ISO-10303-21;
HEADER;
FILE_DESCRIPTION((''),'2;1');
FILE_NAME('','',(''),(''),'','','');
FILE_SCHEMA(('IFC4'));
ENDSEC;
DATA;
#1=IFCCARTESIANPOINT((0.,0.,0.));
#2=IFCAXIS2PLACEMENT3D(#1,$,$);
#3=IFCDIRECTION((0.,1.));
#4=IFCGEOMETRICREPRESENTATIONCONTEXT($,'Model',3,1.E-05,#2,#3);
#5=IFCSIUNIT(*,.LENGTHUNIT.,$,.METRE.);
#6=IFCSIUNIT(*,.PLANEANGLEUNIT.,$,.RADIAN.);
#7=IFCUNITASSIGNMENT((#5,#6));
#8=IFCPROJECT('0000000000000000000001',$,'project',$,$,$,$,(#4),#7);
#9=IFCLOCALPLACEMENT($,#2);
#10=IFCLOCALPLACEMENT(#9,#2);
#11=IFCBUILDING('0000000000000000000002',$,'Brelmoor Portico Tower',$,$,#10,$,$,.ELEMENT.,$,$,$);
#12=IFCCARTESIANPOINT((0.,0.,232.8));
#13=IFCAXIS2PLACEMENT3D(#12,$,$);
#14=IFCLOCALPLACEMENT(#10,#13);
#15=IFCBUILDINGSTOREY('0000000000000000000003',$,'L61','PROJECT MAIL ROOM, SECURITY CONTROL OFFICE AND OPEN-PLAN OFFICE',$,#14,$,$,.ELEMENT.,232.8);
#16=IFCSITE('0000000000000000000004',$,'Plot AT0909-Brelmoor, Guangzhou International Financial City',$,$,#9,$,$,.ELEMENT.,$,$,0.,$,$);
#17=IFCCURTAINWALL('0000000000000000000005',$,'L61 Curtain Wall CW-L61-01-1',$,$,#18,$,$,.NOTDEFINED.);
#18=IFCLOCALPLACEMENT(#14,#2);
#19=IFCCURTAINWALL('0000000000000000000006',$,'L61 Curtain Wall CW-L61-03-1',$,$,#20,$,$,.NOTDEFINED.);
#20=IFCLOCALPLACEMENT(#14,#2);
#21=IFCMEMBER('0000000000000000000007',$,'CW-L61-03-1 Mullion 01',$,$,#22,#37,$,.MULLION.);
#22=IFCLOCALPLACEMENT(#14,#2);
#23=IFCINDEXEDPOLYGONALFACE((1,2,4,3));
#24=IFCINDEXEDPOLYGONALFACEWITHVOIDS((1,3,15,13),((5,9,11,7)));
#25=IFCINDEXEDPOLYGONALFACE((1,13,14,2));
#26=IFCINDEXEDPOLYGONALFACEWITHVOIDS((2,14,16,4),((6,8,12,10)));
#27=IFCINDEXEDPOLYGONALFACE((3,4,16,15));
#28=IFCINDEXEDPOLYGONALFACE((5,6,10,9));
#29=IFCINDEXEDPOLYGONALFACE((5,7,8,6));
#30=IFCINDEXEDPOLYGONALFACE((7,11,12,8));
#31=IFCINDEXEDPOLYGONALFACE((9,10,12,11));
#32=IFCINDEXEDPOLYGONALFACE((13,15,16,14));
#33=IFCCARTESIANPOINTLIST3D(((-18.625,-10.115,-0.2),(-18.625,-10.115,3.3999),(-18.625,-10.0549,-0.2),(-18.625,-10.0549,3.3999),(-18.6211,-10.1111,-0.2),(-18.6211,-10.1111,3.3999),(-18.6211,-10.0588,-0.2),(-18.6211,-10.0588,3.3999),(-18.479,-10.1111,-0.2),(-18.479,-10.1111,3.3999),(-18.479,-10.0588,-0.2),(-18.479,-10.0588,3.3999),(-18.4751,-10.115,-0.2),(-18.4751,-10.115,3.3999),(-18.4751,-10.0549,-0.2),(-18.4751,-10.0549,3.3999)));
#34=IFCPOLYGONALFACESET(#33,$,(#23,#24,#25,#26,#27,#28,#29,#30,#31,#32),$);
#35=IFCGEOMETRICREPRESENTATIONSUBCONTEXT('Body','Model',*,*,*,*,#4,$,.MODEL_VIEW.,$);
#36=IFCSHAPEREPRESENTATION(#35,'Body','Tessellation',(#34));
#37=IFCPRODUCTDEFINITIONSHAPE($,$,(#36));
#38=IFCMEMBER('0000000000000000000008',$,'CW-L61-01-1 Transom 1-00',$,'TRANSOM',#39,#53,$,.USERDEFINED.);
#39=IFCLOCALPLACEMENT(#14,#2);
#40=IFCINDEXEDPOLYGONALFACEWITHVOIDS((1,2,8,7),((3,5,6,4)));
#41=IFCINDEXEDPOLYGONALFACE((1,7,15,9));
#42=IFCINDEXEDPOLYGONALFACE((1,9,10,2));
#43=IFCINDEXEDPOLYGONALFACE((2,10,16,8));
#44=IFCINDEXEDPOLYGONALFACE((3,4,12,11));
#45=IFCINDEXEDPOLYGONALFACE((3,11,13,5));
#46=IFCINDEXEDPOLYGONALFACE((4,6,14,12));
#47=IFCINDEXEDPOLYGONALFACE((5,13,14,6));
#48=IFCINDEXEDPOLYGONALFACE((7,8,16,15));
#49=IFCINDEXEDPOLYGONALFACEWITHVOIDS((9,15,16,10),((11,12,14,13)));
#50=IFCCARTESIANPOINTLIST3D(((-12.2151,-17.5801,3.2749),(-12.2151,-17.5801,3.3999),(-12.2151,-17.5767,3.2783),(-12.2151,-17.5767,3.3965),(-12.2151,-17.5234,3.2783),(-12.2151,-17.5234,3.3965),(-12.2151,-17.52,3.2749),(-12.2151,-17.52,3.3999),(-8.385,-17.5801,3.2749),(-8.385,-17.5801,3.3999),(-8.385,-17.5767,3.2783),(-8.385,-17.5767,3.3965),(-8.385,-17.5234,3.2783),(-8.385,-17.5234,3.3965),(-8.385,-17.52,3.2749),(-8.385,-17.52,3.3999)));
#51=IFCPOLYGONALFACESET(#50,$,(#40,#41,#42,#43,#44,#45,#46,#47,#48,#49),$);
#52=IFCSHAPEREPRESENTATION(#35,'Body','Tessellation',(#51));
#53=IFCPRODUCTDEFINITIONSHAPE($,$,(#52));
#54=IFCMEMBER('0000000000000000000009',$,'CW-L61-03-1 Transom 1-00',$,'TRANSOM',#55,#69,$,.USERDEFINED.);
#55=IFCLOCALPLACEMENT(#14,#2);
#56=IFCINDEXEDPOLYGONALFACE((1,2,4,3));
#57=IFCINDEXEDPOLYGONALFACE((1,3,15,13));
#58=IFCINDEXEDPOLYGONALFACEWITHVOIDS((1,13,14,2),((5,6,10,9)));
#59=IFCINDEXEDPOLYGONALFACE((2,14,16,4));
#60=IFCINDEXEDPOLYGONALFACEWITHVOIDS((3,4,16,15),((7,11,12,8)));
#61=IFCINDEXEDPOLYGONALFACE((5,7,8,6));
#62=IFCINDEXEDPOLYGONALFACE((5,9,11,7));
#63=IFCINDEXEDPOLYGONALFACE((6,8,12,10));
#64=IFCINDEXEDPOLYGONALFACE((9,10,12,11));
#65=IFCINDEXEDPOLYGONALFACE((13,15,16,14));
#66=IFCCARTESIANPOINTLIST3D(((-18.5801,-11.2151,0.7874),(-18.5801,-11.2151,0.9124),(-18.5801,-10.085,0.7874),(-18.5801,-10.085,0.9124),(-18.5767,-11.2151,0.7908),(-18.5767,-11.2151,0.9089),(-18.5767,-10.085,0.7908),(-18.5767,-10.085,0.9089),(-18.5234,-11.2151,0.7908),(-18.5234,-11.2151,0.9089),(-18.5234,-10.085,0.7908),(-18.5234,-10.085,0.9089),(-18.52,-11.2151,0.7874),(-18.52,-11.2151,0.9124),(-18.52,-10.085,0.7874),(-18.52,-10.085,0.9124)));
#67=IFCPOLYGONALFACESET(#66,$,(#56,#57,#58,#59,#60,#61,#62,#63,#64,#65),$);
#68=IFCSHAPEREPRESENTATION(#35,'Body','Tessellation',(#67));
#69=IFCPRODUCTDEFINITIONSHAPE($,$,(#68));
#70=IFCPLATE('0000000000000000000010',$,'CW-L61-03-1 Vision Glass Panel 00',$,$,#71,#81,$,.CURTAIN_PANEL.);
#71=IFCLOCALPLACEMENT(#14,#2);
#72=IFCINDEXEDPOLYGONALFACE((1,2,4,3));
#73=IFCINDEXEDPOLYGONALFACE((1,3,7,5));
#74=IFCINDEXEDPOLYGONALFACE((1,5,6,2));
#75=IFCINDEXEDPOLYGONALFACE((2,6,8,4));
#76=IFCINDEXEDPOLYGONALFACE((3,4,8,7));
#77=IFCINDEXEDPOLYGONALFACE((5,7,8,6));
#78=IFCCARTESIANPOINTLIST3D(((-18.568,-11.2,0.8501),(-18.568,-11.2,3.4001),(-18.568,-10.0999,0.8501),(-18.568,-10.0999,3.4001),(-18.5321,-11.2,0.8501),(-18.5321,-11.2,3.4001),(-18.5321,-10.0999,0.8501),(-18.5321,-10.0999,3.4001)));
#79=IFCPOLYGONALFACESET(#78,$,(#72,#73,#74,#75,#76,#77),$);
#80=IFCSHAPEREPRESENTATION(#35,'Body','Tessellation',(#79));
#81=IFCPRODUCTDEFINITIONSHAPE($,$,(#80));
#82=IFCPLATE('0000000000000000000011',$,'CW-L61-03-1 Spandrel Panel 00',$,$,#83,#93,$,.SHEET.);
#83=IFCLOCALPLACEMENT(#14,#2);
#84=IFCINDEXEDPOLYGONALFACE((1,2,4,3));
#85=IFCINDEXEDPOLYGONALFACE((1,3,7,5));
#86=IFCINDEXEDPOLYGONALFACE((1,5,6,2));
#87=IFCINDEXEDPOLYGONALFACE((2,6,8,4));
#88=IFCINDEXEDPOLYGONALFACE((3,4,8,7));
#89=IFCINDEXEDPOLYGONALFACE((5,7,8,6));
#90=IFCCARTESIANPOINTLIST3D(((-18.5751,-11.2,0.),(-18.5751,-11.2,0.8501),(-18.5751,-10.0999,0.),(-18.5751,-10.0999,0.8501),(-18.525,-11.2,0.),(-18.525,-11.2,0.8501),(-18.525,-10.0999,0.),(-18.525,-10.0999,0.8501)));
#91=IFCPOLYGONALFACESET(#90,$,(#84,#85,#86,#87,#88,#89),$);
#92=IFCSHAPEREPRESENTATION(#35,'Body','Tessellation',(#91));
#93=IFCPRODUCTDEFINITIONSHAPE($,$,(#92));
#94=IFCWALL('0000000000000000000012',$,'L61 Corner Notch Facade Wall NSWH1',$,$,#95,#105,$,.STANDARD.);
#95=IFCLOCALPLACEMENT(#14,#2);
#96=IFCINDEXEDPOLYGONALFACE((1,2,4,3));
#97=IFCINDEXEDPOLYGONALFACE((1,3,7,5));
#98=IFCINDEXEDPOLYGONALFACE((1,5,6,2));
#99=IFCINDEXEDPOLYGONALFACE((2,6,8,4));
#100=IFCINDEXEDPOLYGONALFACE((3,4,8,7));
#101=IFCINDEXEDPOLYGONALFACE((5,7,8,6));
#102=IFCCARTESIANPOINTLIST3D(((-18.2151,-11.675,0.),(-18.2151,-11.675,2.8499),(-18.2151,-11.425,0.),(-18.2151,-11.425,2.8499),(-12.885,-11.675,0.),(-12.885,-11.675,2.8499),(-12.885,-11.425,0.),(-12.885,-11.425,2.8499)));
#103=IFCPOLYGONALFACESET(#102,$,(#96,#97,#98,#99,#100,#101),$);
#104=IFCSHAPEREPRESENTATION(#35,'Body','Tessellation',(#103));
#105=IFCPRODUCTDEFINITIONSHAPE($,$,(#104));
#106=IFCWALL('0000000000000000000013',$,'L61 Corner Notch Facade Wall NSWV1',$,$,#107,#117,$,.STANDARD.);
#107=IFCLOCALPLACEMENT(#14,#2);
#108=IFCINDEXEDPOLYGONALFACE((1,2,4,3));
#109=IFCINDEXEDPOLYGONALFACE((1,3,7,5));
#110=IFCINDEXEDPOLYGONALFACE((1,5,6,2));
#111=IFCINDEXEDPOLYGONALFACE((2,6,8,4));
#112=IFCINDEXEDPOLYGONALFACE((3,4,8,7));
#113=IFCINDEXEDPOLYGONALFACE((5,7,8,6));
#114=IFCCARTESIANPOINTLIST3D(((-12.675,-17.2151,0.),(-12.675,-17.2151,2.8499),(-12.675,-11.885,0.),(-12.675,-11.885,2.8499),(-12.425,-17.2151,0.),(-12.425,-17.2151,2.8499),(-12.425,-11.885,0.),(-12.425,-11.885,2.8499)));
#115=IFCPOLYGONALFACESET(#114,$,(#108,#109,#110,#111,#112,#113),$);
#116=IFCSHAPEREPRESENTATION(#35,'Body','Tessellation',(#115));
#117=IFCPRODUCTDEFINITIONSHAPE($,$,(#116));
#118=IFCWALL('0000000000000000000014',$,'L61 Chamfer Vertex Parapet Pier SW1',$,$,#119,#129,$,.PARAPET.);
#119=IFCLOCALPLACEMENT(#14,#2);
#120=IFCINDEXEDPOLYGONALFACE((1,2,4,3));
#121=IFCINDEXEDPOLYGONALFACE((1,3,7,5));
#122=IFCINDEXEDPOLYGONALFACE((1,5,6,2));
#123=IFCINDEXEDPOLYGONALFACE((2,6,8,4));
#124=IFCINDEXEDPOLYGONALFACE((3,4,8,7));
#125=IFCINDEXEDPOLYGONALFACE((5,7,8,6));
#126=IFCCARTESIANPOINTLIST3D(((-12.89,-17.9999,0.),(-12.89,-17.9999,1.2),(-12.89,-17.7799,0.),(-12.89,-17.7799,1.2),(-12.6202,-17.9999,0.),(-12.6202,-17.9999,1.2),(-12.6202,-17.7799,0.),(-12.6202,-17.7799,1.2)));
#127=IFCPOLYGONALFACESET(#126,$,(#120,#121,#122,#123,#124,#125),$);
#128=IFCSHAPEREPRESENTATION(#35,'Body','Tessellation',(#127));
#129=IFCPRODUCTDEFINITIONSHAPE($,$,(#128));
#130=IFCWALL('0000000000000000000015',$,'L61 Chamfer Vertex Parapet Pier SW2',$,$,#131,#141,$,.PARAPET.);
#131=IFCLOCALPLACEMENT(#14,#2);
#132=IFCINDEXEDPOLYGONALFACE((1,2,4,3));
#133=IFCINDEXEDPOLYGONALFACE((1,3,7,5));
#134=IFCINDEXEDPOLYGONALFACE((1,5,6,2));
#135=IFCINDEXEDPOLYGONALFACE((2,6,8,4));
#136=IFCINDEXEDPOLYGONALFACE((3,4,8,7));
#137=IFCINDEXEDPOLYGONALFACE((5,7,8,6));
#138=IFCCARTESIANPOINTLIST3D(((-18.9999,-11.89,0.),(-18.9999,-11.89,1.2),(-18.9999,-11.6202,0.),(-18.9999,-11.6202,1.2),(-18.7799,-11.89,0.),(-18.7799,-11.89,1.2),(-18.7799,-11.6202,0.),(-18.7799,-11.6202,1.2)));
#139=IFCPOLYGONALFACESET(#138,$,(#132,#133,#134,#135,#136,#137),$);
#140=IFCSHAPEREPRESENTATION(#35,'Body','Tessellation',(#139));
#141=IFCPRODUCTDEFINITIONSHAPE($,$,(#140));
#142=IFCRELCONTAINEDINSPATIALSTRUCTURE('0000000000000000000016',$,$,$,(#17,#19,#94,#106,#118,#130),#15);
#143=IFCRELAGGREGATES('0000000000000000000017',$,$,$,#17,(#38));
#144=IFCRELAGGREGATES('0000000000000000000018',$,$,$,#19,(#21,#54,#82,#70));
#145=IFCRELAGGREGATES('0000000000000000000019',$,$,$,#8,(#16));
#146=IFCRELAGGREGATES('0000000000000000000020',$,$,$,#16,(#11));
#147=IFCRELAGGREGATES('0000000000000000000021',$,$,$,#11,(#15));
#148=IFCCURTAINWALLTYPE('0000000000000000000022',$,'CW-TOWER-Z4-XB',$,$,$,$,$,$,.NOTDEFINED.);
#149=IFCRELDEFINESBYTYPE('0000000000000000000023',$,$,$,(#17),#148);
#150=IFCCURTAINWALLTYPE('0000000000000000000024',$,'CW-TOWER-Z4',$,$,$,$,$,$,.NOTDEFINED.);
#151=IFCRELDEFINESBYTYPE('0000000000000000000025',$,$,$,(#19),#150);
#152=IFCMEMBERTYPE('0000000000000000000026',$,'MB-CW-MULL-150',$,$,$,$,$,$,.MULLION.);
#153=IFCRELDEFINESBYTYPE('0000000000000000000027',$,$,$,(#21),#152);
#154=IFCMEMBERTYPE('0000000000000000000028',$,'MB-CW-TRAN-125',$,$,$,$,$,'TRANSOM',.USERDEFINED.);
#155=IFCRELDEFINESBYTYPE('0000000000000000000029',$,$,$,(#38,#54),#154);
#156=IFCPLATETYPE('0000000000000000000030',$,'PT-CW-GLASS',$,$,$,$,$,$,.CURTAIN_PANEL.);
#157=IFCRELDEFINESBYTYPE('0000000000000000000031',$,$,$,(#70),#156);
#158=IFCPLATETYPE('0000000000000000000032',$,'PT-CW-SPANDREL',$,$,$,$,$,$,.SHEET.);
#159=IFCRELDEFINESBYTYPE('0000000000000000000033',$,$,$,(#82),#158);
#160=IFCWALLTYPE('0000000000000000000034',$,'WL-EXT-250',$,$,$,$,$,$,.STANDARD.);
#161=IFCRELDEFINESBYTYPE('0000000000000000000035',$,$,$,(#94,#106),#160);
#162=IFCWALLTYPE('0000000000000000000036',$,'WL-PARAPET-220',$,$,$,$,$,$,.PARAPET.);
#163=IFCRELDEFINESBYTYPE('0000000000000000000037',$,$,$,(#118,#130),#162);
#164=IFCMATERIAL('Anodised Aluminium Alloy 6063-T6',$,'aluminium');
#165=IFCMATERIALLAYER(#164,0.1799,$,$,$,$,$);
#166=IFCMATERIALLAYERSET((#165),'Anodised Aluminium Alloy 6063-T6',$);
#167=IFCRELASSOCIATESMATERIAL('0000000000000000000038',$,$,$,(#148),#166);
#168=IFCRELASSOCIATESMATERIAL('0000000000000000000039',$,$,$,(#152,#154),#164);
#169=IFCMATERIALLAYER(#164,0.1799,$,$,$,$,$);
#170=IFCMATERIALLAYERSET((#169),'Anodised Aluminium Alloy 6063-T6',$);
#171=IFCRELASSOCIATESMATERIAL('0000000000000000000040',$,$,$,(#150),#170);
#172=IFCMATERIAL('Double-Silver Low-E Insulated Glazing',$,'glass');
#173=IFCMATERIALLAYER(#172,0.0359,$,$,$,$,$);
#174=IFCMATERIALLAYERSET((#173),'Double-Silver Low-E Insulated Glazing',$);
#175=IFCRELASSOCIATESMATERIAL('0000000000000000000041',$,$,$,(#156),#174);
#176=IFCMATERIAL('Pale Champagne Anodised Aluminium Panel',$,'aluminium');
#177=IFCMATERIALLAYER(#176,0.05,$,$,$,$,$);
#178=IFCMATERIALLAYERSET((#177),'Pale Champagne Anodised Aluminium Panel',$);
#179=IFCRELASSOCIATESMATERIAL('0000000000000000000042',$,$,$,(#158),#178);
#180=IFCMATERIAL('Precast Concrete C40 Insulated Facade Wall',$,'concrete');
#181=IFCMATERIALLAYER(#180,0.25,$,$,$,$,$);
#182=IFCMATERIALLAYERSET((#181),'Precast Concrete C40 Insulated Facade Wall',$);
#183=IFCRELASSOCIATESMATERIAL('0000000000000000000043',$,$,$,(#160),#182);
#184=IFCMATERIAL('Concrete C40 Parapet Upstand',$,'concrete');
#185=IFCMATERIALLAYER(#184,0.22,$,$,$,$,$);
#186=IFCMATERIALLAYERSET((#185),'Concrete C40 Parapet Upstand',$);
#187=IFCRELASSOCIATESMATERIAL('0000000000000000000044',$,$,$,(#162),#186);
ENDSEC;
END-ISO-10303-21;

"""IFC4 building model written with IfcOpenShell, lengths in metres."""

from ifc_helpers import new_model, si_unit, direction, frame, frame_2d, origin, origin_2d, place, context, subcontext, project, spatial, rectangle, hollow_rectangle, extrude, material, layer, layer_set, material_profile, profile_set, type_object, element, aggregate, save


model = new_model("IFC4")

# Units and contexts
model_context = context("Model", 3, precision=1e-05, world=origin(), true_north=direction((0.0, 1.0)))
body_context = subcontext(model_context, "Body", "Model", "MODEL_VIEW")
ifc_project = project(units=[si_unit("LENGTHUNIT", "METRE"), si_unit("PLANEANGLEUNIT", "RADIAN")], contexts=[model_context])

# Site, building, storey
site_placement = place(None, origin())
site = spatial("IfcSite", under=ifc_project, at=site_placement, Name="Plot AT0909-Brelmoor, Guangzhou International Financial City", CompositionType="ELEMENT", RefElevation=0.0)
building_placement = place(site_placement, origin())
building = spatial("IfcBuilding", under=site, at=building_placement, Name="Brelmoor Portico Tower", CompositionType="ELEMENT")
storey_placement = place(building_placement, frame((0.0, 0.0, 232.8)))
storey = spatial("IfcBuildingStorey", under=building, at=storey_placement, Name="L61", Description="PROJECT MAIL ROOM, SECURITY CONTROL OFFICE AND OPEN-PLAN OFFICE", CompositionType="ELEMENT", Elevation=232.8)

# Curtain wall
ifc_material_1 = material(Name="Anodised Aluminium Alloy 6063-T6", Category="aluminium")
ifc_layer_1 = layer(ifc_material_1, 0.1799)
ifc_layer_set_1 = layer_set([ifc_layer_1], Name="Anodised Aluminium Alloy 6063-T6")
curtain_wall_type_1 = type_object("IfcCurtainWallType", Name="CW-TOWER-Z4-XB", PredefinedType="NOTDEFINED", material=ifc_layer_set_1)
curtain_wall_1_placement = place(storey_placement, origin())
curtain_wall_1 = element("IfcCurtainWall", 1, at=curtain_wall_1_placement, inside=storey, type_object=curtain_wall_type_1, Name="L61 Curtain Wall CW-L61-01-1", PredefinedType="NOTDEFINED")
ifc_material_profile_1 = material_profile(ifc_material_1, hollow_rectangle(XDim=0.0601, YDim=0.1499, WallThickness=0.0039, at=origin_2d()), Name="ALU MULLION 60x150")
ifc_profile_set_1 = profile_set([ifc_material_profile_1], Name="Anodised Aluminium Alloy 6063-T6")
member_type_1 = type_object("IfcMemberType", Name="MB-CW-MULL-150", PredefinedType="MULLION", material=ifc_profile_set_1)

# Curtain wall, member
ifc_layer_2 = layer(ifc_material_1, 0.1799)
ifc_layer_set_2 = layer_set([ifc_layer_2], Name="Anodised Aluminium Alloy 6063-T6")
curtain_wall_type_2 = type_object("IfcCurtainWallType", Name="CW-TOWER-Z4", PredefinedType="NOTDEFINED", material=ifc_layer_set_2)
curtain_wall_2_placement = place(storey_placement, origin())
curtain_wall_2 = element("IfcCurtainWall", 2, at=curtain_wall_2_placement, inside=storey, type_object=curtain_wall_type_2, Name="L61 Curtain Wall CW-L61-03-1", PredefinedType="NOTDEFINED")
member_1_placement = place(storey_placement, frame((-18.55, -10.085, -0.2), z_axis=(0.0, 0.0, 1.0), x_axis=(0.0, 1.0, 0.0)))
member_1 = element("IfcMember", 3, at=member_1_placement, type_object=member_type_1, Name="CW-L61-03-1 Mullion 01", PredefinedType="MULLION", context=body_context, shape_type="SweptSolid", body=[
    extrude(hollow_rectangle(XDim=0.0601, YDim=0.1499, WallThickness=0.0039, at=origin_2d()), origin(), (0.0, 0.0, 1.0), 3.5999),
])

# Members
ifc_material_profile_2 = material_profile(ifc_material_1, hollow_rectangle(XDim=0.0601, YDim=0.125, WallThickness=0.0034, at=origin_2d()), Name="ALU TRANSOM 60x125")
ifc_profile_set_2 = profile_set([ifc_material_profile_2], Name="Anodised Aluminium Alloy 6063-T6")
member_type_2 = type_object("IfcMemberType", Name="MB-CW-TRAN-125", ElementType="TRANSOM", PredefinedType="USERDEFINED", material=ifc_profile_set_2)
member_2_placement = place(storey_placement, frame((-12.2151, -17.55, 3.3374), z_axis=(1.0, 0.0, 0.0), x_axis=(0.0, 1.0, 0.0)))
member_2 = element("IfcMember", 4, at=member_2_placement, type_object=member_type_2, Name="CW-L61-01-1 Transom 1-00", ObjectType="TRANSOM", PredefinedType="USERDEFINED", context=body_context, shape_type="SweptSolid", body=[
    extrude(hollow_rectangle(XDim=0.0601, YDim=0.125, WallThickness=0.0034, at=origin_2d()), origin(), (0.0, 0.0, 1.0), 3.8301),
])
aggregate(curtain_wall_1, [member_2])
member_3_placement = place(storey_placement, frame((-18.55, -11.2151, 0.8499), z_axis=(0.0, 1.0, 0.0), x_axis=(-1.0, 0.0, 0.0)))
member_3 = element("IfcMember", 5, at=member_3_placement, type_object=member_type_2, Name="CW-L61-03-1 Transom 1-00", ObjectType="TRANSOM", PredefinedType="USERDEFINED", context=body_context, shape_type="SweptSolid", body=[
    extrude(hollow_rectangle(XDim=0.0601, YDim=0.125, WallThickness=0.0034, at=origin_2d()), origin(), (0.0, 0.0, 1.0), 1.1301),
])

# Plates
ifc_material_2 = material(Name="Double-Silver Low-E Insulated Glazing", Category="glass")
ifc_layer_3 = layer(ifc_material_2, 0.0359)
ifc_layer_set_3 = layer_set([ifc_layer_3], Name="Double-Silver Low-E Insulated Glazing")
plate_type_1 = type_object("IfcPlateType", Name="PT-CW-GLASS", PredefinedType="CURTAIN_PANEL", material=ifc_layer_set_3)
plate_1_placement = place(storey_placement, frame((-18.55, -10.6499, 0.8501), z_axis=(0.0, 0.0, 1.0), x_axis=(0.0, 1.0, 0.0)))
plate_1 = element("IfcPlate", 6, at=plate_1_placement, type_object=plate_type_1, Name="CW-L61-03-1 Vision Glass Panel 00", PredefinedType="CURTAIN_PANEL", context=body_context, shape_type="SweptSolid", body=[
    extrude(rectangle(XDim=1.1001, YDim=0.0359, at=origin_2d()), origin(), (0.0, 0.0, 1.0), 2.55),
])
ifc_material_3 = material(Name="Pale Champagne Anodised Aluminium Panel", Category="aluminium")
ifc_layer_4 = layer(ifc_material_3, 0.05)
ifc_layer_set_4 = layer_set([ifc_layer_4], Name="Pale Champagne Anodised Aluminium Panel")
plate_type_2 = type_object("IfcPlateType", Name="PT-CW-SPANDREL", PredefinedType="SHEET", material=ifc_layer_set_4)
plate_2_placement = place(storey_placement, frame((-18.55, -10.6499, 0.0), z_axis=(0.0, 0.0, 1.0), x_axis=(0.0, 1.0, 0.0)))
plate_2 = element("IfcPlate", 7, at=plate_2_placement, type_object=plate_type_2, Name="CW-L61-03-1 Spandrel Panel 00", PredefinedType="SHEET", context=body_context, shape_type="SweptSolid", body=[
    extrude(rectangle(XDim=1.1001, YDim=0.05, at=origin_2d()), origin(), (0.0, 0.0, 1.0), 0.8501),
])
aggregate(curtain_wall_2, [member_1, member_3, plate_2, plate_1])

# Walls
ifc_material_4 = material(Name="Precast Concrete C40 Insulated Facade Wall", Category="concrete")
ifc_layer_5 = layer(ifc_material_4, 0.25)
ifc_layer_set_5 = layer_set([ifc_layer_5], Name="Precast Concrete C40 Insulated Facade Wall")
wall_type_1 = type_object("IfcWallType", Name="WL-EXT-250", PredefinedType="STANDARD", material=ifc_layer_set_5)
for number, where, z_axis, x_axis, name in (
    (8, (-18.2151, -11.55, 0.0), (0.0, 0.0, 1.0), (1.0, 0.0, 0.0), "L61 Corner Notch Facade Wall NSWH1"),
    (9, (-12.55, -17.2151, 0.0), (0.0, 0.0, 1.0), (0.0, 1.0, 0.0), "L61 Corner Notch Facade Wall NSWV1"),
):
    element("IfcWall", number, at=place(storey_placement, frame(where, z_axis=z_axis, x_axis=x_axis)), inside=storey, type_object=wall_type_1, Name=name, PredefinedType="STANDARD", context=body_context, shape_type="SweptSolid", body=[
        extrude(rectangle(XDim=5.3301, YDim=0.25, at=frame_2d((2.665, 0.0))), origin(), (0.0, 0.0, 1.0), 2.8499),
    ])
ifc_material_5 = material(Name="Concrete C40 Parapet Upstand", Category="concrete")
ifc_layer_6 = layer(ifc_material_5, 0.22)
ifc_layer_set_6 = layer_set([ifc_layer_6], Name="Concrete C40 Parapet Upstand")
wall_type_2 = type_object("IfcWallType", Name="WL-PARAPET-220", PredefinedType="PARAPET", material=ifc_layer_set_6)
for number, where, z_axis, x_axis, name in (
    (10, (-12.8899, -17.8899, 0.0), (0.0, 0.0, 1.0), (1.0, 0.0, 0.0), "L61 Chamfer Vertex Parapet Pier SW1"),
    (11, (-18.8899, -11.8899, 0.0), (0.0, 0.0, 1.0), (0.0, 1.0, 0.0), "L61 Chamfer Vertex Parapet Pier SW2"),
):
    element("IfcWall", number, at=place(storey_placement, frame(where, z_axis=z_axis, x_axis=x_axis)), inside=storey, type_object=wall_type_2, Name=name, PredefinedType="PARAPET", context=body_context, shape_type="SweptSolid", body=[
        extrude(rectangle(XDim=0.2698, YDim=0.22, at=frame_2d((0.1348, 0.0))), origin(), (0.0, 0.0, 1.0), 1.2),
    ])

save(model, "model.ifc")
